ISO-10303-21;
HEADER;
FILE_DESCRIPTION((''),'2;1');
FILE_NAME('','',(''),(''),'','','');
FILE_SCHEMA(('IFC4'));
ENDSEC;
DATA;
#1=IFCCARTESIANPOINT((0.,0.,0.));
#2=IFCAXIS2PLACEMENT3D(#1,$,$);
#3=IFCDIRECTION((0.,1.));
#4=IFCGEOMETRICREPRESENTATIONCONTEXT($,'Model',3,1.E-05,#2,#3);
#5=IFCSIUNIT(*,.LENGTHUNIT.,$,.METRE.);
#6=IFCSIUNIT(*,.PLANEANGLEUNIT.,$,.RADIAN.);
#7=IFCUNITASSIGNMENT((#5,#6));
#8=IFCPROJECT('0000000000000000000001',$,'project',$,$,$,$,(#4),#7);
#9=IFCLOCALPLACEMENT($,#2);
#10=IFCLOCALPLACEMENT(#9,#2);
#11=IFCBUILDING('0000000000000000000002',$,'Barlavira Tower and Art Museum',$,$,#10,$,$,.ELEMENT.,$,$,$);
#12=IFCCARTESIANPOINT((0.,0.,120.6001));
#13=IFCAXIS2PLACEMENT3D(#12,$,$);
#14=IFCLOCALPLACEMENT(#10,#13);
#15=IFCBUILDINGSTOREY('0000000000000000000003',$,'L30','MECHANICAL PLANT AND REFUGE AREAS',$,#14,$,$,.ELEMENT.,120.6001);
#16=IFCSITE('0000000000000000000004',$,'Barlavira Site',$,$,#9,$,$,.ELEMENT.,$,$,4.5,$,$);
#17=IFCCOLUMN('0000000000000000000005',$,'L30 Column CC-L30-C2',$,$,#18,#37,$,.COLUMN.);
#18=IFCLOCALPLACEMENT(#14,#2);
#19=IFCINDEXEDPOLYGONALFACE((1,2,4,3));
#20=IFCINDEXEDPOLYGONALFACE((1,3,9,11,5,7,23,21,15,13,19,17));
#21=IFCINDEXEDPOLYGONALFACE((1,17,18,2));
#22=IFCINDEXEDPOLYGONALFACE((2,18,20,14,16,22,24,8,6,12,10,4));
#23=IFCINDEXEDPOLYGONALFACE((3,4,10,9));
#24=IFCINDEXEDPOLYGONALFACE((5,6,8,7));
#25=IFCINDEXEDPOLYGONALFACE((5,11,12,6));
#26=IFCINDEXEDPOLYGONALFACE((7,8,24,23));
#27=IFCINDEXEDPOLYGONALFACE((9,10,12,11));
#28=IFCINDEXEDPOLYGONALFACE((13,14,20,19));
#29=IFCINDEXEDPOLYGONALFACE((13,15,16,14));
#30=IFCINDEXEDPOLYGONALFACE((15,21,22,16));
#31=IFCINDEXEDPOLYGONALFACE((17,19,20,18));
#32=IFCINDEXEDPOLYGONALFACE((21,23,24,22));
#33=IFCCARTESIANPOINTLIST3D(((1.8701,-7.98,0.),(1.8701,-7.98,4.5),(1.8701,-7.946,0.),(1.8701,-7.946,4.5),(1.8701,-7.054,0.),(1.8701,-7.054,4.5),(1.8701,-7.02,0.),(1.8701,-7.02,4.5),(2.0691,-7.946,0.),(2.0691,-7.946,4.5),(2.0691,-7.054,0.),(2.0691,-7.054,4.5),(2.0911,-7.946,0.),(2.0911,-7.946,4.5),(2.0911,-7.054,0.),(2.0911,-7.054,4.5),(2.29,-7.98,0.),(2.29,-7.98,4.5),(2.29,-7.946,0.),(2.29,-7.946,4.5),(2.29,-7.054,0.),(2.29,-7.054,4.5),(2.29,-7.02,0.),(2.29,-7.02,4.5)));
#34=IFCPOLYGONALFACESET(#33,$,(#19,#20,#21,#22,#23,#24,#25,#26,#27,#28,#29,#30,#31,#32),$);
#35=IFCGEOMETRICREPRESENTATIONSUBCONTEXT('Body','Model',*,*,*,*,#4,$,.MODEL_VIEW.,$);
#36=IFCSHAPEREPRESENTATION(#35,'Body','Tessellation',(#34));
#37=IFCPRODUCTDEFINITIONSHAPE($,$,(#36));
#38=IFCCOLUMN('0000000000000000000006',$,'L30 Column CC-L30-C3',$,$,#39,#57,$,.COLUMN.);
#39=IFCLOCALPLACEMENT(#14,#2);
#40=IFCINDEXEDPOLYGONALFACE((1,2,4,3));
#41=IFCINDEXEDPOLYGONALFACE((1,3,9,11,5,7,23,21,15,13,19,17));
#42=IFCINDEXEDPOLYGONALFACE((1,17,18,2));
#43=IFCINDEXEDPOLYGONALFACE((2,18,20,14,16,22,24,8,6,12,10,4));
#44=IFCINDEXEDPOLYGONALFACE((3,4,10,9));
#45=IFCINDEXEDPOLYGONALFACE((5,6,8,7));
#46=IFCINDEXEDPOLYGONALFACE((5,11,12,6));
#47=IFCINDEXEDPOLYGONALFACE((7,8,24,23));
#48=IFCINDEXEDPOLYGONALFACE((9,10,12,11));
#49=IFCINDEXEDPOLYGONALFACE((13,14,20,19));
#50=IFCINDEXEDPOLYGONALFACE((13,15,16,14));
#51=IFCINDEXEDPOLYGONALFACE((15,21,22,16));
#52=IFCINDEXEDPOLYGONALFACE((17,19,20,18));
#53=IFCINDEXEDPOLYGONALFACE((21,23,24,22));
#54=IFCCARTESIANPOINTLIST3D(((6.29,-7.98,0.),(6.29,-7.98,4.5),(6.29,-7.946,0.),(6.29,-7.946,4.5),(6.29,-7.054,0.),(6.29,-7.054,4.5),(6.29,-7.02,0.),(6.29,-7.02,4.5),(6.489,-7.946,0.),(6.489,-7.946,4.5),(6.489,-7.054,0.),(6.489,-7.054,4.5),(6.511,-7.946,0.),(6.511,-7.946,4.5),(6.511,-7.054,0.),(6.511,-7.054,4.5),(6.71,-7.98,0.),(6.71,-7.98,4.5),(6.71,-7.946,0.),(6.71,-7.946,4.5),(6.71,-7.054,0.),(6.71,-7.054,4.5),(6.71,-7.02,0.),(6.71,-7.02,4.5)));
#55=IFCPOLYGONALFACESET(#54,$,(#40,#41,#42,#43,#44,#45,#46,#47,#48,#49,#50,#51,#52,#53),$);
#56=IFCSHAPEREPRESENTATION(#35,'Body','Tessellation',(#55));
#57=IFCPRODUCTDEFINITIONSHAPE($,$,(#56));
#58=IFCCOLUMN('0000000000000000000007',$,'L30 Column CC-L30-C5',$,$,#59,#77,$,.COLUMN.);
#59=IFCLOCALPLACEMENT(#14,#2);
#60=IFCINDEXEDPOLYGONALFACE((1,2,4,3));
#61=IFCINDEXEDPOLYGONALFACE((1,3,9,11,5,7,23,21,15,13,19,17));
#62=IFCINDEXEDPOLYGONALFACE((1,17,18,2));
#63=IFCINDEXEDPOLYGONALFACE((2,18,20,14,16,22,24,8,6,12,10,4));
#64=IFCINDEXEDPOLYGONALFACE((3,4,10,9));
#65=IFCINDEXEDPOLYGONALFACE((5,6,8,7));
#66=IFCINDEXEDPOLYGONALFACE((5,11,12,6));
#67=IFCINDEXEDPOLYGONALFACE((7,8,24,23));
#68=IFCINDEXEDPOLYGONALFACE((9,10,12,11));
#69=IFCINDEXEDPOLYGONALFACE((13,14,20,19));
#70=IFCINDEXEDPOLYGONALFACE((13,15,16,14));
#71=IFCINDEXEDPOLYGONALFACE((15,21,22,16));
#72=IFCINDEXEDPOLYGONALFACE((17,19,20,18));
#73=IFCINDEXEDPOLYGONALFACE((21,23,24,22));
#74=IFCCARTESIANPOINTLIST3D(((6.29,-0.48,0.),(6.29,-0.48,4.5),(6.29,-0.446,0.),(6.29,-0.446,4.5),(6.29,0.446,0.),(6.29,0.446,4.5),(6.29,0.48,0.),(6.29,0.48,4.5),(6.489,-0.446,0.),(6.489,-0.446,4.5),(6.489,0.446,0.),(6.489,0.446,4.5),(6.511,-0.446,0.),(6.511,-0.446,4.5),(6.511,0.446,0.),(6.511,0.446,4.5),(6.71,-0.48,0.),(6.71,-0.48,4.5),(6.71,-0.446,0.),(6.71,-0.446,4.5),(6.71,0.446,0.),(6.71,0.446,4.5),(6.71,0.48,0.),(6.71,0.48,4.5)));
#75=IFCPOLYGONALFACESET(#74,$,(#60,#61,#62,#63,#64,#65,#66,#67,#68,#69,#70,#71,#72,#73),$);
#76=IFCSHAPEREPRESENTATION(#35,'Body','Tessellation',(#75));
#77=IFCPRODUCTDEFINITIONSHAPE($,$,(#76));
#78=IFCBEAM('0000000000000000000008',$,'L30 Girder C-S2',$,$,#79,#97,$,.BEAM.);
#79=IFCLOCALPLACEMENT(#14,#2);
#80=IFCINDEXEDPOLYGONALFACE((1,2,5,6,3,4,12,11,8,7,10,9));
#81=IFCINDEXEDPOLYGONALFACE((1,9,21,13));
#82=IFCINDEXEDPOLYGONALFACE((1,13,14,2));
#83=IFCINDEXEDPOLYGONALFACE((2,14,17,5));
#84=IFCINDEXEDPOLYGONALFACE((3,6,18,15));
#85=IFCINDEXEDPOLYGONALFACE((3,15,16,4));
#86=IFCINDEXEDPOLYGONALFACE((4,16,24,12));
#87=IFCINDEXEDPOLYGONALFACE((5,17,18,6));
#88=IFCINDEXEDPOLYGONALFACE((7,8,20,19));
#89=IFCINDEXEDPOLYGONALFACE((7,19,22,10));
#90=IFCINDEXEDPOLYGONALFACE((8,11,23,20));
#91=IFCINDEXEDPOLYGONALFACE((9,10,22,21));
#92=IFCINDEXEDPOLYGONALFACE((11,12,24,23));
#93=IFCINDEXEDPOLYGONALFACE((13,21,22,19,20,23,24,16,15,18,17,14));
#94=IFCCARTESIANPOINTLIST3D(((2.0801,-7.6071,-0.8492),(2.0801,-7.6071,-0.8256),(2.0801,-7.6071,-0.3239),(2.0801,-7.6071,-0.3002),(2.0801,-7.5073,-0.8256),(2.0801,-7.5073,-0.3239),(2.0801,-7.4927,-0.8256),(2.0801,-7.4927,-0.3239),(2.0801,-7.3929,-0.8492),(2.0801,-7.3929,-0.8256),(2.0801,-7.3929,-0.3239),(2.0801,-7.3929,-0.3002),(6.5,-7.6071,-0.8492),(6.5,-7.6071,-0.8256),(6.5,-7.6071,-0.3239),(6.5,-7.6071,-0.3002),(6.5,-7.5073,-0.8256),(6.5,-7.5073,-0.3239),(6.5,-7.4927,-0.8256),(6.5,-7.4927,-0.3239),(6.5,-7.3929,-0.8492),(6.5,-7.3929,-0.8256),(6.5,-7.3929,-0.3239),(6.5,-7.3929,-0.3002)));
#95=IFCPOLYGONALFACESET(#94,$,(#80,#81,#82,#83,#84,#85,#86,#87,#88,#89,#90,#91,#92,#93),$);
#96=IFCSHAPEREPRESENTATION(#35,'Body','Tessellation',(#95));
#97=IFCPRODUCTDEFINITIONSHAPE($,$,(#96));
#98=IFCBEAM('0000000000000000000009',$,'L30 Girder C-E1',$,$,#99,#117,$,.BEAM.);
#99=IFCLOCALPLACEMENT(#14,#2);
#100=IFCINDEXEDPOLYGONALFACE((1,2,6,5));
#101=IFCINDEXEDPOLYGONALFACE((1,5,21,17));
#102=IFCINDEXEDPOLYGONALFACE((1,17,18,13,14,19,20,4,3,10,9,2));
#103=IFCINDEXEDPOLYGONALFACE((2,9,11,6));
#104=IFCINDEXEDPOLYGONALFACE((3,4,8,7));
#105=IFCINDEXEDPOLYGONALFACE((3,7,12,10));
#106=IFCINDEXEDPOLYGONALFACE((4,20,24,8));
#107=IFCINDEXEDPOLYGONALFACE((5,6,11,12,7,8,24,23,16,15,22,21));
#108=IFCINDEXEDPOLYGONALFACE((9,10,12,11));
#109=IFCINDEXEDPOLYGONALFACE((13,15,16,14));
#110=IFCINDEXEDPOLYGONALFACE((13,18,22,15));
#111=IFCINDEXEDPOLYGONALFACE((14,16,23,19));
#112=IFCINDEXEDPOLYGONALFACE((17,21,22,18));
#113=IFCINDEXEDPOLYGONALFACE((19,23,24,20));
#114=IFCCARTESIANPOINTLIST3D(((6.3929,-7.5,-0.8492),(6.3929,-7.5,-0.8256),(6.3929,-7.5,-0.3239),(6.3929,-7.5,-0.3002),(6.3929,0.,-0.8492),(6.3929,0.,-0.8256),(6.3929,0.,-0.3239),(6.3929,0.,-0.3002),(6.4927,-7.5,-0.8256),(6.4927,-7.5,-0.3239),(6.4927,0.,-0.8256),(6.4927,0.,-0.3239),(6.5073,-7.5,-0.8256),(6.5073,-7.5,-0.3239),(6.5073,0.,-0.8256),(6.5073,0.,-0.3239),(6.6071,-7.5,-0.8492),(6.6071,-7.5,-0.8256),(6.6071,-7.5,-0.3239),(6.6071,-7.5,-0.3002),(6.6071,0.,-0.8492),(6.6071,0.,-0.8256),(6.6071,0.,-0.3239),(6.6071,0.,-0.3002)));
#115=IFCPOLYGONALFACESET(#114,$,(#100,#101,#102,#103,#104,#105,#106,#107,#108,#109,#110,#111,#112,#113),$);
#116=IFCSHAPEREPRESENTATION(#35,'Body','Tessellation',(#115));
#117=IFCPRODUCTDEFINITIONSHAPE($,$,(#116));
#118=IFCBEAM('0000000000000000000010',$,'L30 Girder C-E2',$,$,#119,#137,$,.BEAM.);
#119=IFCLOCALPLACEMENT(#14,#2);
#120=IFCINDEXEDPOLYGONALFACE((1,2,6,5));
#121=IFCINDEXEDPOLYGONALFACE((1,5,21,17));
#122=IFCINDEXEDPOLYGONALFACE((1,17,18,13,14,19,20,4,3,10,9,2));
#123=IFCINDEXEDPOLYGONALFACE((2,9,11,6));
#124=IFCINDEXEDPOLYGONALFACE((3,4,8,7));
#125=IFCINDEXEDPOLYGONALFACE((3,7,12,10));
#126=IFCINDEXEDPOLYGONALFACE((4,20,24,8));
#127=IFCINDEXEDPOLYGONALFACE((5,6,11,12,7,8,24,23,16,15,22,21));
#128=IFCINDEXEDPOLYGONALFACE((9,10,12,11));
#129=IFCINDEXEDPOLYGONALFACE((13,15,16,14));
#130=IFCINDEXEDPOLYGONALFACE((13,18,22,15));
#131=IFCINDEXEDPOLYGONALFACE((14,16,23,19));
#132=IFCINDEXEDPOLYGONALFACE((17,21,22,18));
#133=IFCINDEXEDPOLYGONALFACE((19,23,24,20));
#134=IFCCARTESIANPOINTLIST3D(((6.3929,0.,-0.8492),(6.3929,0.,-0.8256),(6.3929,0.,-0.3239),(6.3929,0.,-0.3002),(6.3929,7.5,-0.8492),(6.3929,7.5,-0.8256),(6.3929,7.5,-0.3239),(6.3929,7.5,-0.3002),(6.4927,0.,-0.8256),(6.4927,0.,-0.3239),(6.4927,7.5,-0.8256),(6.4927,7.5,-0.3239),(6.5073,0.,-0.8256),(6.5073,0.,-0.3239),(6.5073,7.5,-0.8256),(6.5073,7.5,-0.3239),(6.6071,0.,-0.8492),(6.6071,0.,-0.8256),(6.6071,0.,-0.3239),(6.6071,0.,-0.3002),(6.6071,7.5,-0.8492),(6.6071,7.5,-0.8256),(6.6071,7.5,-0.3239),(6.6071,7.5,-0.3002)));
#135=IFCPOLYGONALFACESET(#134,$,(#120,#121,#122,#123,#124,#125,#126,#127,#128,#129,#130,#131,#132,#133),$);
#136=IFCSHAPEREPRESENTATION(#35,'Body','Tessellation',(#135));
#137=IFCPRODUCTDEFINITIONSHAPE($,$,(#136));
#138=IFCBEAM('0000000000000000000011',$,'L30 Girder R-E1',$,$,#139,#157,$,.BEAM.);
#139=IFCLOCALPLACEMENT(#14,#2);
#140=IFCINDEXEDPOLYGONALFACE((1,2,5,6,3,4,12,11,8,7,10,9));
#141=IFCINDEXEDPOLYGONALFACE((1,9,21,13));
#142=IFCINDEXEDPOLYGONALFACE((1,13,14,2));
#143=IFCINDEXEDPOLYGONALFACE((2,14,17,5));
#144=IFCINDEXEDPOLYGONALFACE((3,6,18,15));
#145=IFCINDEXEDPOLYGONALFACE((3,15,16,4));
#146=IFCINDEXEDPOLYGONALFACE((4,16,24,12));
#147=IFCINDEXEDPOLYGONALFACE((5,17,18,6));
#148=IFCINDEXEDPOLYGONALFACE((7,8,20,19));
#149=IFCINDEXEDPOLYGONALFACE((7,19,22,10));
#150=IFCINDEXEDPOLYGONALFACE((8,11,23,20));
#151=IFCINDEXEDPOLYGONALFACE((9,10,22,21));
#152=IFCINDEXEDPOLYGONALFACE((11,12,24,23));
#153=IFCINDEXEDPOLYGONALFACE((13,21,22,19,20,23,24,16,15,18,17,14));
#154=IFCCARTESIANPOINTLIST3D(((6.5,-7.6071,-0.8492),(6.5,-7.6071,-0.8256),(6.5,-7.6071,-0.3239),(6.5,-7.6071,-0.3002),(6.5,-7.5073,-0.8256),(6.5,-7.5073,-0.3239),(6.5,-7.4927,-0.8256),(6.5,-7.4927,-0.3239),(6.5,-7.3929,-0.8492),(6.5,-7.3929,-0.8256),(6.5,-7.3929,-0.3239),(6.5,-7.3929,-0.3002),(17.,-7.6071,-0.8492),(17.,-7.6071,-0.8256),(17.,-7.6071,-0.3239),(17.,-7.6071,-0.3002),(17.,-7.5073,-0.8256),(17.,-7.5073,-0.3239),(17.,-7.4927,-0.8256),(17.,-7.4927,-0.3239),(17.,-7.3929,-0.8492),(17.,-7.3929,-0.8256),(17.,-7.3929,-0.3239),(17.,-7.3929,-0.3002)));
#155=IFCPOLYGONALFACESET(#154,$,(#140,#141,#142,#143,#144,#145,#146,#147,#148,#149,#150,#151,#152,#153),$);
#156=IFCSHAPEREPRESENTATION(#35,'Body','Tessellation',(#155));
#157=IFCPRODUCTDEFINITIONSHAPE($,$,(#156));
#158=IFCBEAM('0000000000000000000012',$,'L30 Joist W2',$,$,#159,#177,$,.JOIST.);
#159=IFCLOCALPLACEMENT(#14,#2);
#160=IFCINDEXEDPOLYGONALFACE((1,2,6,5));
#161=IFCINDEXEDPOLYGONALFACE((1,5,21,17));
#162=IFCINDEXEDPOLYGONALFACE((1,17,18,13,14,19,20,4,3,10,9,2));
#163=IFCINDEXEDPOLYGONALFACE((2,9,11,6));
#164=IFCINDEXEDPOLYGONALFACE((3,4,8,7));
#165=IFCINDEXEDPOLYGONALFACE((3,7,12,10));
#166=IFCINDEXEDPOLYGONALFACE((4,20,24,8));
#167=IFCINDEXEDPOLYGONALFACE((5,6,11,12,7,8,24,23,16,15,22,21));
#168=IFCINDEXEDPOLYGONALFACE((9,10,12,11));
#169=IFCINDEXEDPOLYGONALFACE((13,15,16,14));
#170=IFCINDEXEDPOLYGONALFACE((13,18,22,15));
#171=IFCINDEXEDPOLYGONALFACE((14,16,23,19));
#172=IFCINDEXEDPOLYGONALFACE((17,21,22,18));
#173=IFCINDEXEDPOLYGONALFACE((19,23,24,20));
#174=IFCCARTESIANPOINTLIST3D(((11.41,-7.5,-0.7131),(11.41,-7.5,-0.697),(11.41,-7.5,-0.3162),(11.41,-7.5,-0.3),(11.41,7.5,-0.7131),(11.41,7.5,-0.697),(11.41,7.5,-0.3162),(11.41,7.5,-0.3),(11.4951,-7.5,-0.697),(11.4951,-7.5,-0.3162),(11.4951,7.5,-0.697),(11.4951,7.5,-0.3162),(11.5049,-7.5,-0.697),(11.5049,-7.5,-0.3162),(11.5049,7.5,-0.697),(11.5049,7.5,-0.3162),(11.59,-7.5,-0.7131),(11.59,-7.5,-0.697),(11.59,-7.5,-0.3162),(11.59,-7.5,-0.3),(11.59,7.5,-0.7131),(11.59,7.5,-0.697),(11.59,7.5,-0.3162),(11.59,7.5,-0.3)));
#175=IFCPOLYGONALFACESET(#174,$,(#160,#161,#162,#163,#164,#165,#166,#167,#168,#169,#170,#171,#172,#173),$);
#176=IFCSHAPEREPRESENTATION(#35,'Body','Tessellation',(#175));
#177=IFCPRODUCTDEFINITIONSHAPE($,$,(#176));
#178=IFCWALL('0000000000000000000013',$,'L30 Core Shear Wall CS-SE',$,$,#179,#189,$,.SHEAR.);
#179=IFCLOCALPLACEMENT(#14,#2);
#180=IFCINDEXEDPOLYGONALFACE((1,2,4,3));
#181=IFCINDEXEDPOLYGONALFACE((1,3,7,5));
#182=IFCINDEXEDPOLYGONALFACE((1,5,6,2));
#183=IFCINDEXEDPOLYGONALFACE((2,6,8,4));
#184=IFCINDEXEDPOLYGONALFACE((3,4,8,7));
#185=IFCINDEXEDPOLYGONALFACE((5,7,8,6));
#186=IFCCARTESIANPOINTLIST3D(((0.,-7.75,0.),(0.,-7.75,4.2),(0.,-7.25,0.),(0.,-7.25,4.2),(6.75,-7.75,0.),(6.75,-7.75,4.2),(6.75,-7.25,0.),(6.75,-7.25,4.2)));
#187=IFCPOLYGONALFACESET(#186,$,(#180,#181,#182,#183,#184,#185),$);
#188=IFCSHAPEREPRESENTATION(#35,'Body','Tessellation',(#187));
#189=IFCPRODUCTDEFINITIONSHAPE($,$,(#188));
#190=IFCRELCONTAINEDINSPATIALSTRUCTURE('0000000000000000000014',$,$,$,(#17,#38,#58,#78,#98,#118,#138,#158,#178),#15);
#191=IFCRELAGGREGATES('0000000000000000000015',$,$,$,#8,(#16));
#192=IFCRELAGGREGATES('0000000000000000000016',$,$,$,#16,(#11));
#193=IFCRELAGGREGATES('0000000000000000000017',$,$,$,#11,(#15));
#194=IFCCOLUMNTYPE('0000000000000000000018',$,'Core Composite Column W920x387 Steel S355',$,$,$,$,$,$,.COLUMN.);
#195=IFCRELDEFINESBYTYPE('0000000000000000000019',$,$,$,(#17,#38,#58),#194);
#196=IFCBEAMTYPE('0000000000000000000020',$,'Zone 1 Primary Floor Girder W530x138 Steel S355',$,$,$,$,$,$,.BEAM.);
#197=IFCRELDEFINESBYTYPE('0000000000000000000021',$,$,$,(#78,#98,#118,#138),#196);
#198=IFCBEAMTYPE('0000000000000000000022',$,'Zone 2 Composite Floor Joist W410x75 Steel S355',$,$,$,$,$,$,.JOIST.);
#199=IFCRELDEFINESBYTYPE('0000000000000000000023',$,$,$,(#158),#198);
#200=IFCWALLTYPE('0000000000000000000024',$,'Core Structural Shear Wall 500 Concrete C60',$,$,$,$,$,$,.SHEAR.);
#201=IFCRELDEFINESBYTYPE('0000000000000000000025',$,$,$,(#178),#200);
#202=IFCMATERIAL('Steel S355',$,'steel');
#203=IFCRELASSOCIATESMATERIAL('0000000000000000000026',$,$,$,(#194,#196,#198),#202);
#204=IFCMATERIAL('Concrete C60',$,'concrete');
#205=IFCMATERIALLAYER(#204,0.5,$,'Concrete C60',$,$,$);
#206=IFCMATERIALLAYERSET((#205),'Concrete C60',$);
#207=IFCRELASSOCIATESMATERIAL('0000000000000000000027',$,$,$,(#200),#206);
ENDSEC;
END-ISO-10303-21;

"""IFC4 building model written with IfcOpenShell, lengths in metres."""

from ifc_helpers import new_model, si_unit, direction, frame, frame_2d, origin, origin_2d, place, context, subcontext, project, spatial, rectangle, i_section, extrude, material, layer, layer_set, material_profile, profile_set, type_object, element, save


model = new_model("IFC4")

# Units and contexts
model_context = context("Model", 3, precision=1e-05, world=origin(), true_north=direction((0.0, 1.0)))
body_context = subcontext(model_context, "Body", "Model", "MODEL_VIEW")
ifc_project = project(units=[si_unit("LENGTHUNIT", "METRE"), si_unit("PLANEANGLEUNIT", "RADIAN")], contexts=[model_context])

# Site, building, storey
site_placement = place(None, origin())
site = spatial("IfcSite", under=ifc_project, at=site_placement, Name="Barlavira Site", CompositionType="ELEMENT", RefElevation=4.5)
building_placement = place(site_placement, origin())
building = spatial("IfcBuilding", under=site, at=building_placement, Name="Barlavira Tower and Art Museum", CompositionType="ELEMENT")
storey_placement = place(building_placement, frame((0.0, 0.0, 120.6001)))
storey = spatial("IfcBuildingStorey", under=building, at=storey_placement, Name="L30", Description="MECHANICAL PLANT AND REFUGE AREAS", CompositionType="ELEMENT", Elevation=120.6001)

# Columns
ifc_material_1 = material(Name="Steel S355", Category="steel")
ifc_material_profile_1 = material_profile(ifc_material_1, i_section(OverallWidth=0.4199, OverallDepth=0.96, WebThickness=0.022, FlangeThickness=0.0339, at=origin_2d()), Name="W920x387.0")
ifc_profile_set_1 = profile_set([ifc_material_profile_1], Name="Steel S355")
column_type = type_object("IfcColumnType", Name="Core Composite Column W920x387 Steel S355", PredefinedType="COLUMN", material=ifc_profile_set_1)
for number, where, z_axis, x_axis, name in (
    (1, (2.0801, -7.5, 0.0), (0.0, 0.0, 1.0), (1.0, 0.0, 0.0), "L30 Column CC-L30-C2"),
    (2, (6.5, -7.5, 0.0), (0.0, 0.0, 1.0), (1.0, 0.0, 0.0), "L30 Column CC-L30-C3"),
    (3, (6.5, 0.0, 0.0), (0.0, 0.0, 1.0), (1.0, 0.0, 0.0), "L30 Column CC-L30-C5"),
):
    element("IfcColumn", number, at=place(storey_placement, frame(where, z_axis=z_axis, x_axis=x_axis)), inside=storey, type_object=column_type, Name=name, PredefinedType="COLUMN", context=body_context, shape_type="SweptSolid", body=[
        extrude(i_section(OverallWidth=0.4199, OverallDepth=0.96, WebThickness=0.022, FlangeThickness=0.0339, at=origin_2d()), origin(), (0.0, 0.0, 1.0), 4.5),
    ])

# Beams
ifc_material_profile_2 = material_profile(ifc_material_1, i_section(OverallWidth=0.2141, OverallDepth=0.5491, WebThickness=0.0146, FlangeThickness=0.0237, at=origin_2d()), Name="W530x138.0")
ifc_profile_set_2 = profile_set([ifc_material_profile_2], Name="Steel S355")
beam_type_1 = type_object("IfcBeamType", Name="Zone 1 Primary Floor Girder W530x138 Steel S355", PredefinedType="BEAM", material=ifc_profile_set_2)
beam_1_placement = place(storey_placement, frame((2.0801, -7.5, -0.5747), z_axis=(1.0, 0.0, 0.0), x_axis=(0.0, 1.0, 0.0)))
element("IfcBeam", 4, at=beam_1_placement, inside=storey, type_object=beam_type_1, Name="L30 Girder C-S2", PredefinedType="BEAM", context=body_context, shape_type="SweptSolid", body=[
    extrude(i_section(OverallWidth=0.2141, OverallDepth=0.5491, WebThickness=0.0146, FlangeThickness=0.0237, at=origin_2d()), origin(), (0.0, 0.0, 1.0), 4.4199),
])
for number, where, z_axis, x_axis, name in (
    (5, (6.5, -7.5, -0.5747), (0.0, 1.0, 0.0), (-1.0, 0.0, 0.0), "L30 Girder C-E1"),
    (6, (6.5, 0.0, -0.5747), (0.0, 1.0, 0.0), (-1.0, 0.0, 0.0), "L30 Girder C-E2"),
):
    element("IfcBeam", number, at=place(storey_placement, frame(where, z_axis=z_axis, x_axis=x_axis)), inside=storey, type_object=beam_type_1, Name=name, PredefinedType="BEAM", context=body_context, shape_type="SweptSolid", body=[
        extrude(i_section(OverallWidth=0.2141, OverallDepth=0.5491, WebThickness=0.0146, FlangeThickness=0.0237, at=origin_2d()), origin(), (0.0, 0.0, 1.0), 7.5),
    ])
beam_2_placement = place(storey_placement, frame((6.5, -7.5, -0.5747), z_axis=(1.0, 0.0, 0.0), x_axis=(0.0, 1.0, 0.0)))
element("IfcBeam", 7, at=beam_2_placement, inside=storey, type_object=beam_type_1, Name="L30 Girder R-E1", PredefinedType="BEAM", context=body_context, shape_type="SweptSolid", body=[
    extrude(i_section(OverallWidth=0.2141, OverallDepth=0.5491, WebThickness=0.0146, FlangeThickness=0.0237, at=origin_2d()), origin(), (0.0, 0.0, 1.0), 10.5),
])
ifc_material_profile_3 = material_profile(ifc_material_1, i_section(OverallWidth=0.1799, OverallDepth=0.4131, WebThickness=0.0098, FlangeThickness=0.0161, at=origin_2d()), Name="W410x75.0")
ifc_profile_set_3 = profile_set([ifc_material_profile_3], Name="Steel S355")
beam_type_2 = type_object("IfcBeamType", Name="Zone 2 Composite Floor Joist W410x75 Steel S355", PredefinedType="JOIST", material=ifc_profile_set_3)
beam_3_placement = place(storey_placement, frame((11.5, -7.5, -0.5066), z_axis=(0.0, 1.0, 0.0), x_axis=(-1.0, 0.0, 0.0)))
element("IfcBeam", 8, at=beam_3_placement, inside=storey, type_object=beam_type_2, Name="L30 Joist W2", PredefinedType="JOIST", context=body_context, shape_type="SweptSolid", body=[
    extrude(i_section(OverallWidth=0.1799, OverallDepth=0.4131, WebThickness=0.0098, FlangeThickness=0.0161, at=origin_2d()), origin(), (0.0, 0.0, 1.0), 15.0),
])

# Wall
ifc_material_2 = material(Name="Concrete C60", Category="concrete")
ifc_layer_1 = layer(ifc_material_2, 0.5, Name="Concrete C60")
ifc_layer_set_1 = layer_set([ifc_layer_1], Name="Concrete C60")
wall_type_1 = type_object("IfcWallType", Name="Core Structural Shear Wall 500 Concrete C60", PredefinedType="SHEAR", material=ifc_layer_set_1)
wall_1_placement = place(storey_placement, frame((0.0, -7.5, 0.0), z_axis=(0.0, 0.0, 1.0), x_axis=(1.0, 0.0, 0.0)))
element("IfcWall", 9, at=wall_1_placement, inside=storey, type_object=wall_type_1, Name="L30 Core Shear Wall CS-SE", PredefinedType="SHEAR", context=body_context, shape_type="SweptSolid", body=[
    extrude(rectangle(XDim=6.75, YDim=0.5, at=frame_2d((3.375, 0.0))), origin(), (0.0, 0.0, 1.0), 4.2),
])

save(model, "model.ifc")
